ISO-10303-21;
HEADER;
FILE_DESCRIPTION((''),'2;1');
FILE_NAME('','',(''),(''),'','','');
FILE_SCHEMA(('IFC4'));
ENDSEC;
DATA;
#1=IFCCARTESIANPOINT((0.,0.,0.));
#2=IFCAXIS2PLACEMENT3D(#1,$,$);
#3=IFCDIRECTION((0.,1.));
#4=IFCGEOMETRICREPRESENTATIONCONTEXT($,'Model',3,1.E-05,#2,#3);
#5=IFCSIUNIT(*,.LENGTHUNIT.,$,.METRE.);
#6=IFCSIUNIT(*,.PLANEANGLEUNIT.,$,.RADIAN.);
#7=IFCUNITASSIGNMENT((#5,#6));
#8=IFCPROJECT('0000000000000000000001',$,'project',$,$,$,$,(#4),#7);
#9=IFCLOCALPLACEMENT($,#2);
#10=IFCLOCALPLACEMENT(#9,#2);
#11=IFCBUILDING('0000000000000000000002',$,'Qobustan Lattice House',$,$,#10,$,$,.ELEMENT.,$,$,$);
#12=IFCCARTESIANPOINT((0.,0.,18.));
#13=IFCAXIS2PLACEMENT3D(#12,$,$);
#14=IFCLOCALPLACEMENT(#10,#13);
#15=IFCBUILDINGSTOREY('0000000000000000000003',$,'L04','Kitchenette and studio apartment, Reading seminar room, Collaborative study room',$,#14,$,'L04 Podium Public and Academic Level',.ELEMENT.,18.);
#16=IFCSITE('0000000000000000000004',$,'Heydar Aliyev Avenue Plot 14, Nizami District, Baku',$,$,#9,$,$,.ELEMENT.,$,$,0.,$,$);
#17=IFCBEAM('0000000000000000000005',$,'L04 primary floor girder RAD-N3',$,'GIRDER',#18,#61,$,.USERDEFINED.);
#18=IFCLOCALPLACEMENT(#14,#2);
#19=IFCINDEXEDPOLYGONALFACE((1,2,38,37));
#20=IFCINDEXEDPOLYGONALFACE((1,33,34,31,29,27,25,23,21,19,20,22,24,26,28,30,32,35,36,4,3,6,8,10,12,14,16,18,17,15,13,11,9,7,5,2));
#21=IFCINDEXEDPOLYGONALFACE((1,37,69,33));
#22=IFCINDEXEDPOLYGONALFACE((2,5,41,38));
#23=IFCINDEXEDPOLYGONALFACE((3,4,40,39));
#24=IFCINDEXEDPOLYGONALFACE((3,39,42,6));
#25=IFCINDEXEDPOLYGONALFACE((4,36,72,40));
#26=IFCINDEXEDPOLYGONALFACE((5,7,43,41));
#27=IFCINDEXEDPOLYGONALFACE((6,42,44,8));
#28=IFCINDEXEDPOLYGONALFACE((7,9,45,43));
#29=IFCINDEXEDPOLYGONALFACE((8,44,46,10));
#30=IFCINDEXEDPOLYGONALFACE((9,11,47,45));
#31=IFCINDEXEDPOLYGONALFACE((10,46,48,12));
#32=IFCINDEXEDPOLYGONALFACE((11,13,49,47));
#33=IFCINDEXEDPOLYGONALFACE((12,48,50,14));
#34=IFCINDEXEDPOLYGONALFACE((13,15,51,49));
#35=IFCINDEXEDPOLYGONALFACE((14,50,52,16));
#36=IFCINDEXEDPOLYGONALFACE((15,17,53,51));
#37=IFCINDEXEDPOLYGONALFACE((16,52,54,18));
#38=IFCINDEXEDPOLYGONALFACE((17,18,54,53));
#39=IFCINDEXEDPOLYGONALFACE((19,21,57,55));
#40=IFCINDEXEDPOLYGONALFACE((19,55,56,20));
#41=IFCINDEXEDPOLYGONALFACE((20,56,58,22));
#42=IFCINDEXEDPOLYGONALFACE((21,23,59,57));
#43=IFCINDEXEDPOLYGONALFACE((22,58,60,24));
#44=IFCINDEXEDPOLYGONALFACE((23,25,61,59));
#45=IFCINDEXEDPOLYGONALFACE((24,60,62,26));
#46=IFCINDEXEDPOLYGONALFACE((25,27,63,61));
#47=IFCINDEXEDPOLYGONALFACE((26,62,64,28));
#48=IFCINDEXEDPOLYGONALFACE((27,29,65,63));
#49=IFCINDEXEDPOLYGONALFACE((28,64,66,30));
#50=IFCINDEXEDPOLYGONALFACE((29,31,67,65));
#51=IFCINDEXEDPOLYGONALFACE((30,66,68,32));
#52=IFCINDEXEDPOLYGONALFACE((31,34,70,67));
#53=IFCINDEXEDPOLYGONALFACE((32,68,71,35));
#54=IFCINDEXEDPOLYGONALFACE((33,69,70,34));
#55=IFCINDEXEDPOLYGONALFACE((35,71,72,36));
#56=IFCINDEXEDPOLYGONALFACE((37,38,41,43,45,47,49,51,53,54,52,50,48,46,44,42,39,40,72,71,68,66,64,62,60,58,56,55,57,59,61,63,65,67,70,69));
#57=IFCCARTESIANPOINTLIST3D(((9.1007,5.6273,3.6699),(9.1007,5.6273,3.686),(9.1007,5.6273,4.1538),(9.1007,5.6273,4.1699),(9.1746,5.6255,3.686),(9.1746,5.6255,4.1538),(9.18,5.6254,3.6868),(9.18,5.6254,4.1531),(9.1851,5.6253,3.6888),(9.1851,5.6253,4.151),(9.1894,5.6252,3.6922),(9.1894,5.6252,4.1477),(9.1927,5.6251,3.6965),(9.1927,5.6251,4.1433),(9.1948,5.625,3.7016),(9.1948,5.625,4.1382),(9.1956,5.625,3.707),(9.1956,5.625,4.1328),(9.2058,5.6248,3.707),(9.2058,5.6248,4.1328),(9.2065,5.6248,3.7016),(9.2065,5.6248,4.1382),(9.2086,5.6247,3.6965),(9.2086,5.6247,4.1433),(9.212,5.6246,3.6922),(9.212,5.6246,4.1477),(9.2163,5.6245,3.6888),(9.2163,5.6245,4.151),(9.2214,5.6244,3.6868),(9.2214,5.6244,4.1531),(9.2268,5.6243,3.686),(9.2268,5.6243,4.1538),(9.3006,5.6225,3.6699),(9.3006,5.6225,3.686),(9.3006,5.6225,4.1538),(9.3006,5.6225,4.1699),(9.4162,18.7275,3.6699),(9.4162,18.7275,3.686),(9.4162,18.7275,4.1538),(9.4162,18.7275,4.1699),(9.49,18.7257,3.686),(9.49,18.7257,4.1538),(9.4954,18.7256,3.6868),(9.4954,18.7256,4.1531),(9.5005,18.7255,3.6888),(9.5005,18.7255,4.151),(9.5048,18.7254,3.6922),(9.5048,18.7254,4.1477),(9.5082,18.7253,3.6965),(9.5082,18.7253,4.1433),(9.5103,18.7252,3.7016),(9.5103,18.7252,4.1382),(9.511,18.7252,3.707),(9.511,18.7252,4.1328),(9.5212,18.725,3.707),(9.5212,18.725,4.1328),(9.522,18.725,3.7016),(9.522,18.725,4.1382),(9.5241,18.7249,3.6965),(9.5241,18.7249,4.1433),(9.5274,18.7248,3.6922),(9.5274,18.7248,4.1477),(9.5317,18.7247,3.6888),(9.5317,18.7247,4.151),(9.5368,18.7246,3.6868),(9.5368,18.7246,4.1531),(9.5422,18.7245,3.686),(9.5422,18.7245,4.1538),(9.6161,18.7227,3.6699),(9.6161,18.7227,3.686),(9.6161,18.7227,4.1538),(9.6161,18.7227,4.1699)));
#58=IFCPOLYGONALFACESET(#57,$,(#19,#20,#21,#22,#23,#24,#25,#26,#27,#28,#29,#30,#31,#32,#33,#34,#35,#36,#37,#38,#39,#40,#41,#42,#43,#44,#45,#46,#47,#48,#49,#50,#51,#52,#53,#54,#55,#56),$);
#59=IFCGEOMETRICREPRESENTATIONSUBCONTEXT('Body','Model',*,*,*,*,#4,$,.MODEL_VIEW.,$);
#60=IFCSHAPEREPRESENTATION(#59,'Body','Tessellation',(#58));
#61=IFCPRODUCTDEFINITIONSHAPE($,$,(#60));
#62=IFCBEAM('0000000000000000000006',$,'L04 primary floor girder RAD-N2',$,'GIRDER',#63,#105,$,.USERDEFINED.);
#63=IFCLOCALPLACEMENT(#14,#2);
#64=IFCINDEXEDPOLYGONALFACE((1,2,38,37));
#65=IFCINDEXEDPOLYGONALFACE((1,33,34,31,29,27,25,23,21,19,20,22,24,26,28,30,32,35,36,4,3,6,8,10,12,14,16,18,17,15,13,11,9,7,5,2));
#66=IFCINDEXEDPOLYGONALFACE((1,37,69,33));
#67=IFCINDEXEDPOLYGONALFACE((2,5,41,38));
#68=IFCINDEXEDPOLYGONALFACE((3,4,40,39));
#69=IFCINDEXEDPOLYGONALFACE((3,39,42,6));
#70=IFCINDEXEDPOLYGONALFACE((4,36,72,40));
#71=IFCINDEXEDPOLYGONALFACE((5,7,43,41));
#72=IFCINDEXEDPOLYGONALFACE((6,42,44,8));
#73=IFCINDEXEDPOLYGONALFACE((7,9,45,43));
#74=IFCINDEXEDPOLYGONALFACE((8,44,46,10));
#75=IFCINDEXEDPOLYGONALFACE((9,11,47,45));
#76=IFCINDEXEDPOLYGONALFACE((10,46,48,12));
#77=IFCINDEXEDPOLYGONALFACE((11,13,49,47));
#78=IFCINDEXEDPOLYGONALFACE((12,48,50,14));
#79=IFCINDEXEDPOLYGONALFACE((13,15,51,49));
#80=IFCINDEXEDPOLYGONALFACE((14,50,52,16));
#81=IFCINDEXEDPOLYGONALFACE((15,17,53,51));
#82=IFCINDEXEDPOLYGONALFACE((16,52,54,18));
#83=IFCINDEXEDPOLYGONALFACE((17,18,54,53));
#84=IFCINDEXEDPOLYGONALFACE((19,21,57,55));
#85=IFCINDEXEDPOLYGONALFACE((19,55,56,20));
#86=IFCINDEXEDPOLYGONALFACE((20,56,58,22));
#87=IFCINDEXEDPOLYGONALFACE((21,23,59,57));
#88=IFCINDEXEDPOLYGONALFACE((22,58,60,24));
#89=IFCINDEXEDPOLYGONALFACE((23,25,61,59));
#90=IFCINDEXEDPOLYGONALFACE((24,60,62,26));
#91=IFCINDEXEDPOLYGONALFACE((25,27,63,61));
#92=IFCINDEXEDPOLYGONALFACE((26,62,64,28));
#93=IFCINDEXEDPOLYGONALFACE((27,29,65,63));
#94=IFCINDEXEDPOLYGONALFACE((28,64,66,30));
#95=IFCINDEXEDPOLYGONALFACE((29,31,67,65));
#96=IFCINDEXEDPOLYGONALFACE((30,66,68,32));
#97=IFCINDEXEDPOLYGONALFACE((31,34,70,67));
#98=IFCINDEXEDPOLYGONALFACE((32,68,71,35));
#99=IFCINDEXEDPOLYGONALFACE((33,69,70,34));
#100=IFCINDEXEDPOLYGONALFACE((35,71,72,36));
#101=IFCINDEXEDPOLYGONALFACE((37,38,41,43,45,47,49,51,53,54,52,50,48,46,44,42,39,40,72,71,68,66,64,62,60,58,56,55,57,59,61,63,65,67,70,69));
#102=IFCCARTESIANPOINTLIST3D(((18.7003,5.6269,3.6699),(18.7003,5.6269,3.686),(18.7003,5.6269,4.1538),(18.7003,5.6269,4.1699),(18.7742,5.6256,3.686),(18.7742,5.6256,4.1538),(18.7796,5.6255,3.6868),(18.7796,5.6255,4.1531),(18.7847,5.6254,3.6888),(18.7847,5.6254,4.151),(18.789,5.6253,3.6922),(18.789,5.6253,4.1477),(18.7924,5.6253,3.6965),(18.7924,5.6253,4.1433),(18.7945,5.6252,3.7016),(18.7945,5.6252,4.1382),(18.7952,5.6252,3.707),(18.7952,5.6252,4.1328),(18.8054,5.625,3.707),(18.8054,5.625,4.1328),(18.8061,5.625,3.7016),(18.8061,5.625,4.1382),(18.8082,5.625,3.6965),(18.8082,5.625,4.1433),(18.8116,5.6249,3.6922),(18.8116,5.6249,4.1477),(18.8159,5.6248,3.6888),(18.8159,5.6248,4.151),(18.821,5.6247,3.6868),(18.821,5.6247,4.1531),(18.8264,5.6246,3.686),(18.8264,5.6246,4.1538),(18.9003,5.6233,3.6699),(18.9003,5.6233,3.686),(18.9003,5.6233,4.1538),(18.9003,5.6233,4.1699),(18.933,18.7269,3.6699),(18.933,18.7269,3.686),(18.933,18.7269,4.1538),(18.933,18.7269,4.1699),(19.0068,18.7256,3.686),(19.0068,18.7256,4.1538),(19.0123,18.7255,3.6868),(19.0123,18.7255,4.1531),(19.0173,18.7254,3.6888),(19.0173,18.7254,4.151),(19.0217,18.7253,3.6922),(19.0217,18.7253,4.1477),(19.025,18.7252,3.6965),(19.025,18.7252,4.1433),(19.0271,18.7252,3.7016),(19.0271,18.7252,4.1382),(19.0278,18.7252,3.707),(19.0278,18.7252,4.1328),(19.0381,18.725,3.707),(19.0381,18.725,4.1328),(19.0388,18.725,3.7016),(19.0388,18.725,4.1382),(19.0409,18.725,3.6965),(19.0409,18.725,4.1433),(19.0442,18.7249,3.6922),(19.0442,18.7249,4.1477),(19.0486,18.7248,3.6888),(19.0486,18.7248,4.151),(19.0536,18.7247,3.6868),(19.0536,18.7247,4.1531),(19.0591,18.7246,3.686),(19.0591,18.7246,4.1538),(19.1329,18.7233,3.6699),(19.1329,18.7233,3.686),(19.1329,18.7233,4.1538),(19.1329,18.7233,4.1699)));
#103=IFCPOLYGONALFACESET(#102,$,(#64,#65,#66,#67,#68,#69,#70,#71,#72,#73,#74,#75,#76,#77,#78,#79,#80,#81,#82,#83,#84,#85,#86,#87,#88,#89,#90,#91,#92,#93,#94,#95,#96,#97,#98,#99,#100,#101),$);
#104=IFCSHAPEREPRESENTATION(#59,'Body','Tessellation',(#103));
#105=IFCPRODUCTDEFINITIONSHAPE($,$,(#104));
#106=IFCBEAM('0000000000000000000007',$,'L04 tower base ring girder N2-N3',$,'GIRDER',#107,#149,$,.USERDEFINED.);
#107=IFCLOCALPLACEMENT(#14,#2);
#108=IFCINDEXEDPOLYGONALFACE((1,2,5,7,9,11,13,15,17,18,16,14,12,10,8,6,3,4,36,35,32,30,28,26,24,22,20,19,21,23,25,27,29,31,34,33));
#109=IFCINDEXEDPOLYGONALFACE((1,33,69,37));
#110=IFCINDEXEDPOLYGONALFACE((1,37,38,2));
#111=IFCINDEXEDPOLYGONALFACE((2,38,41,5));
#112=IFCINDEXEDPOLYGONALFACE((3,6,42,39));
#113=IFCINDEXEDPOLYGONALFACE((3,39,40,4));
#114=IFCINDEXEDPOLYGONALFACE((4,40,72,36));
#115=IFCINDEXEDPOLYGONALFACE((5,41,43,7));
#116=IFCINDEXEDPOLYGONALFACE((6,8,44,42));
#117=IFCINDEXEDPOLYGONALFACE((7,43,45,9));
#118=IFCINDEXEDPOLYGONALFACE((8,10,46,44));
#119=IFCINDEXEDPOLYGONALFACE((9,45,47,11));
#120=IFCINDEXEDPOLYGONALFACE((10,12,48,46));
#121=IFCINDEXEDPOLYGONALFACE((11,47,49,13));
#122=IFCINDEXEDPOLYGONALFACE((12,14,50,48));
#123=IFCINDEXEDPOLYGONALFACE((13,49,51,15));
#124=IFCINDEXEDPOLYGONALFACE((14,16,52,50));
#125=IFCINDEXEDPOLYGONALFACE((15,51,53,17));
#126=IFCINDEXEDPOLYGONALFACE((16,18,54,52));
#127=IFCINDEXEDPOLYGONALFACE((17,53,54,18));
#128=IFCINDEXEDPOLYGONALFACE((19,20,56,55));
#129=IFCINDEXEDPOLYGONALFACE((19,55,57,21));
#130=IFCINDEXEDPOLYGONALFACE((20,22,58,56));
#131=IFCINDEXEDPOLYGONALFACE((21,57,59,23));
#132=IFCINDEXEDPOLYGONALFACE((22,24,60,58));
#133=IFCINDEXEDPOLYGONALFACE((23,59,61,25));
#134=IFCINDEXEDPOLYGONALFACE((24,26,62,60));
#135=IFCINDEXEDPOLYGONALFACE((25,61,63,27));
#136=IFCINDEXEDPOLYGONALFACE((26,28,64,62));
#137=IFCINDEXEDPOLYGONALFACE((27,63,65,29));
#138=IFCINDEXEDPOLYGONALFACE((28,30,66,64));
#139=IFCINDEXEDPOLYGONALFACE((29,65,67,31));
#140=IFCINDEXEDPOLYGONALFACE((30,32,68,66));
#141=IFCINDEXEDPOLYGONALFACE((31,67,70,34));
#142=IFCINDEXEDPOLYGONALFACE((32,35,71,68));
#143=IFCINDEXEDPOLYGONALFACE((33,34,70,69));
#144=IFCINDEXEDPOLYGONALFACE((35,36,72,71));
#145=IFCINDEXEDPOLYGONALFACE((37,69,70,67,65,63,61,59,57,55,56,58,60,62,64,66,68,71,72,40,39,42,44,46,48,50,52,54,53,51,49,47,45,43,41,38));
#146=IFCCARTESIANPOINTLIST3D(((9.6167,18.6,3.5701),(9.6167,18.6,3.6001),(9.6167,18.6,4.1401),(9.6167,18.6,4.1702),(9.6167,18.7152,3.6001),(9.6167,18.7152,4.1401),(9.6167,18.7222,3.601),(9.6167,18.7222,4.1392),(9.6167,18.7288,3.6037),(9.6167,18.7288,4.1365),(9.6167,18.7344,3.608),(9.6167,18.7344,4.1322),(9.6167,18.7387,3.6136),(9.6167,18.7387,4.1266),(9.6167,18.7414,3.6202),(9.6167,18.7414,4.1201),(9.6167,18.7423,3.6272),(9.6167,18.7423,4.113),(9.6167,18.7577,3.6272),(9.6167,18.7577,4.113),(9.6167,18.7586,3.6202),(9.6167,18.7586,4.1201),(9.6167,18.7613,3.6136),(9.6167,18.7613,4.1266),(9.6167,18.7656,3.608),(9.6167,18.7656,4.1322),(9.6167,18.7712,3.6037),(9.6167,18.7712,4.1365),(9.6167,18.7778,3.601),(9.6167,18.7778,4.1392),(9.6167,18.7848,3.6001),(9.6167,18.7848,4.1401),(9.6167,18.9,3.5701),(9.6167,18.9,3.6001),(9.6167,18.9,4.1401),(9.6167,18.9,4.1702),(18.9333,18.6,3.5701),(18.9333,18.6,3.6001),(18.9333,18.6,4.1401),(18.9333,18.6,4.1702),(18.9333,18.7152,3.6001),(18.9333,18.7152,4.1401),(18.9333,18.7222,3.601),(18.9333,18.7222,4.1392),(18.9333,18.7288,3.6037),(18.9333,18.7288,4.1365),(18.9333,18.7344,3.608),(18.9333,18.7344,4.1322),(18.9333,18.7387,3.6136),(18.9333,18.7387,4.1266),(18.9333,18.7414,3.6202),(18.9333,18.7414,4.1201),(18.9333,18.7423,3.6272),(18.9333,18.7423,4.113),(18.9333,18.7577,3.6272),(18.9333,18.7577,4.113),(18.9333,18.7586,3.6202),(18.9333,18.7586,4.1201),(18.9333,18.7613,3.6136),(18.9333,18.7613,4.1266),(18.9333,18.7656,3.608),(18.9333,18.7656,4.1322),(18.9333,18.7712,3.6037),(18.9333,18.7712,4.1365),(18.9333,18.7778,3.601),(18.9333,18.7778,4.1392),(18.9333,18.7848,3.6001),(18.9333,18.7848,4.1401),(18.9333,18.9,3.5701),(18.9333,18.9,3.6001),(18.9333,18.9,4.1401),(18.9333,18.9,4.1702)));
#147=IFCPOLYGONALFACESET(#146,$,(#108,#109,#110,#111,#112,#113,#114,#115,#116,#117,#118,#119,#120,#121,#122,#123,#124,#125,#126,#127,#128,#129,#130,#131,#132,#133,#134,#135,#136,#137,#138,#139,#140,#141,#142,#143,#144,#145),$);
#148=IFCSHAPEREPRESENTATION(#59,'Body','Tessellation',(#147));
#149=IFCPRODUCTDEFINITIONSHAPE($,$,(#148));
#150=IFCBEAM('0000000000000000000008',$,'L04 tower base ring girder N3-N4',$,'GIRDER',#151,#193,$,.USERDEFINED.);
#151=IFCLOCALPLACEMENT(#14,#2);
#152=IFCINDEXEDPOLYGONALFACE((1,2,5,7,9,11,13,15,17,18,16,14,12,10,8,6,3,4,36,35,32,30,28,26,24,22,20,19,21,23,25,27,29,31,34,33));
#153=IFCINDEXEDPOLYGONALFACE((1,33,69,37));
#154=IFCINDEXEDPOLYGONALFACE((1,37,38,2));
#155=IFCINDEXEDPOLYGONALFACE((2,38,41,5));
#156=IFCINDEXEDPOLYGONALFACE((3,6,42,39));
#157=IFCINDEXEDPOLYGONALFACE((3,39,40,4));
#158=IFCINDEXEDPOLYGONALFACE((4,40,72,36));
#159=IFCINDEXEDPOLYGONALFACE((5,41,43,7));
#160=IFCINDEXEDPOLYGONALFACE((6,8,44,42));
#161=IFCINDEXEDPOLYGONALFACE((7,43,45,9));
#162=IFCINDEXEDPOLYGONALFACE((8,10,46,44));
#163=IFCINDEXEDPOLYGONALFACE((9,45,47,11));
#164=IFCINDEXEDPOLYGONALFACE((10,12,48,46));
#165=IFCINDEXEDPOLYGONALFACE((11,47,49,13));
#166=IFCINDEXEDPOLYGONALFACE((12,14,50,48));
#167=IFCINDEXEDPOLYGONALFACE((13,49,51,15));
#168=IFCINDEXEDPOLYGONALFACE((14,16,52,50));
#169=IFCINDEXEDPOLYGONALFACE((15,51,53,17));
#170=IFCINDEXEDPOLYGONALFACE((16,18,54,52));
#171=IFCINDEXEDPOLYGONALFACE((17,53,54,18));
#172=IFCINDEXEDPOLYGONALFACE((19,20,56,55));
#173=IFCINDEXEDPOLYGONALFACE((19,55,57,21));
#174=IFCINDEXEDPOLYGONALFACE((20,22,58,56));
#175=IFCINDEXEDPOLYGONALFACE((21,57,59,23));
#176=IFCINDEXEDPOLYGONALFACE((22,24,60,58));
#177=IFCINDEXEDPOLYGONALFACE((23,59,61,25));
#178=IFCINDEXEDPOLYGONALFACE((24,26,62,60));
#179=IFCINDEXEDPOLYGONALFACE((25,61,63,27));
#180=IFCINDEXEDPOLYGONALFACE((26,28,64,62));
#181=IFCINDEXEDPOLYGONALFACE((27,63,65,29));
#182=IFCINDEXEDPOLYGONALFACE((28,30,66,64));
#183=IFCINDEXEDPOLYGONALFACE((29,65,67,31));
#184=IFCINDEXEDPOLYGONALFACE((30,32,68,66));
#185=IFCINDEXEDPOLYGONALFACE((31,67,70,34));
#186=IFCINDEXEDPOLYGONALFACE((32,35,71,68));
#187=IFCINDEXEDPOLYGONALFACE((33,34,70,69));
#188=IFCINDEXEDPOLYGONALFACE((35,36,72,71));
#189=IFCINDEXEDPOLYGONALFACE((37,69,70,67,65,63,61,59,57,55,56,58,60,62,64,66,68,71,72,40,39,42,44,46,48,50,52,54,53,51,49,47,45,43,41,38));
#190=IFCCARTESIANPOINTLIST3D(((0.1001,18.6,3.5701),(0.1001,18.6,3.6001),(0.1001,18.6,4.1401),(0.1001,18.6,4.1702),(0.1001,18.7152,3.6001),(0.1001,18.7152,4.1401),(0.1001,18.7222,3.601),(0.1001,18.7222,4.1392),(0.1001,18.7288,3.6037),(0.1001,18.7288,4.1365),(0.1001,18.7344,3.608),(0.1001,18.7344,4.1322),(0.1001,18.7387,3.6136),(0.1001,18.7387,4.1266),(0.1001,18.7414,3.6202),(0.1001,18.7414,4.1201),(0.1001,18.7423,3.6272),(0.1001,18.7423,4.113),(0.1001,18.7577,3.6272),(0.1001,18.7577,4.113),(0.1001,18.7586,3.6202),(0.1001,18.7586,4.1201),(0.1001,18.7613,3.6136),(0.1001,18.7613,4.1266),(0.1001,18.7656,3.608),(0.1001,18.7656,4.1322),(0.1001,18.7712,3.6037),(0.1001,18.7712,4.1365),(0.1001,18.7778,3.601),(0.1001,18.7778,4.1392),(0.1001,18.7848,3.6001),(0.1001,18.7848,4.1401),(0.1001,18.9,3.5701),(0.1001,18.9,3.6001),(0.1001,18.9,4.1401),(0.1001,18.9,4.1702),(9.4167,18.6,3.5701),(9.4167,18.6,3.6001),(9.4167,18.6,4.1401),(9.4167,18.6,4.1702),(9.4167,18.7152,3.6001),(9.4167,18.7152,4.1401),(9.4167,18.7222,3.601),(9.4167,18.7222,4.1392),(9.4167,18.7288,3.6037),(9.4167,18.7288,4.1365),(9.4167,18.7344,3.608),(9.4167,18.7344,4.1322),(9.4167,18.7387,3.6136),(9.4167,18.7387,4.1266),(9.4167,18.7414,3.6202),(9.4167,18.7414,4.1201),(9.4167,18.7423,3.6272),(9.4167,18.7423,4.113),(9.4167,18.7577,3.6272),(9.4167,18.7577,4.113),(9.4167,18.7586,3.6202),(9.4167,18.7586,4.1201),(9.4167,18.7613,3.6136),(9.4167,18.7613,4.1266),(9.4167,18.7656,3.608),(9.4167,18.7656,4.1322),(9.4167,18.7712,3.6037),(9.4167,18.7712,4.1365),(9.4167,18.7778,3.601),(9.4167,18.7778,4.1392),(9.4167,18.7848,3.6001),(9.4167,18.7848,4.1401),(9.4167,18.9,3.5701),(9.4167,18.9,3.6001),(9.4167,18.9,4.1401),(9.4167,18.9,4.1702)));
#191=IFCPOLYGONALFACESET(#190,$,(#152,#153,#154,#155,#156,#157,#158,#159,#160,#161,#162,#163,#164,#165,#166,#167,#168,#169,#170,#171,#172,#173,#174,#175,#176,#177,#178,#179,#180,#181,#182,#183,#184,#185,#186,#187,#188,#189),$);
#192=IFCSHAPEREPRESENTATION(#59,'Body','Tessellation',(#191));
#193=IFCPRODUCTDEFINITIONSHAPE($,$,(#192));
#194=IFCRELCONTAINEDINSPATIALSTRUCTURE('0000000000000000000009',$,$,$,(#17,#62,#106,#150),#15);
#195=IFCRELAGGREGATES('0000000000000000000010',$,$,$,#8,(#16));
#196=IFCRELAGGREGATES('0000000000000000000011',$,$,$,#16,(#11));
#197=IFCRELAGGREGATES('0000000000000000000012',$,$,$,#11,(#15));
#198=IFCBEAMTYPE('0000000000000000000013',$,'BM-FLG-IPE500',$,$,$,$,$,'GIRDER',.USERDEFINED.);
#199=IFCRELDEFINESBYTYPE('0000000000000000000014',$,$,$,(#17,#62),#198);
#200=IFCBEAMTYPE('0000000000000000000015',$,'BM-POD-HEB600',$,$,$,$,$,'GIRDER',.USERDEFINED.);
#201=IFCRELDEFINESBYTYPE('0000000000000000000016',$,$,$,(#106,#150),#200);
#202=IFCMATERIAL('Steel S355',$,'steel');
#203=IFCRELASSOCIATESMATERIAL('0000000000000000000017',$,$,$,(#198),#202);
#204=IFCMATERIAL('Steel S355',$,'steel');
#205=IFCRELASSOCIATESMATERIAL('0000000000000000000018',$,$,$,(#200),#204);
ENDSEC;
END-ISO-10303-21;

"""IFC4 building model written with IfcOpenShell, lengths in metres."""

from ifc_helpers import new_model, si_unit, direction, frame, origin, origin_2d, place, context, subcontext, project, spatial, i_section, extrude, material, material_profile, profile_set, type_object, element, save


model = new_model("IFC4")

# Units and contexts
model_context = context("Model", 3, precision=1e-05, world=origin(), true_north=direction((0.0, 1.0)))
body_context = subcontext(model_context, "Body", "Model", "MODEL_VIEW")
ifc_project = project(units=[si_unit("LENGTHUNIT", "METRE"), si_unit("PLANEANGLEUNIT", "RADIAN")], contexts=[model_context])

# Site, building, storey
site_placement = place(None, origin())
site = spatial("IfcSite", under=ifc_project, at=site_placement, Name="Heydar Aliyev Avenue Plot 14, Nizami District, Baku", CompositionType="ELEMENT", RefElevation=0.0)
building_placement = place(site_placement, origin())
building = spatial("IfcBuilding", under=site, at=building_placement, Name="Qobustan Lattice House", CompositionType="ELEMENT")
storey_placement = place(building_placement, frame((0.0, 0.0, 18.0)))
storey = spatial("IfcBuildingStorey", under=building, at=storey_placement, Name="L04", Description="Kitchenette and studio apartment, Reading seminar room, Collaborative study room", LongName="L04 Podium Public and Academic Level", CompositionType="ELEMENT", Elevation=18.0)

# Beams
ifc_material_1 = material(Name="Steel S355", Category="steel")
ifc_material_profile_1 = material_profile(ifc_material_1, i_section(OverallWidth=0.2, OverallDepth=0.5, WebThickness=0.0103, FlangeThickness=0.0161, FilletRadius=0.021, at=origin_2d()), Name="IPE500")
ifc_profile_set_1 = profile_set([ifc_material_profile_1], Name="Steel S355")
beam_type_1 = type_object("IfcBeamType", Name="BM-FLG-IPE500", ElementType="GIRDER", PredefinedType="USERDEFINED", material=ifc_profile_set_1)
beam_1_placement = place(storey_placement, frame((9.5161, 18.7251, 3.9199), z_axis=(-0.024071, -0.99971, 0.0), x_axis=(0.99971, -0.024071, 0.0)))
element("IfcBeam", 1, at=beam_1_placement, inside=storey, type_object=beam_type_1, Name="L04 primary floor girder RAD-N3", ObjectType="GIRDER", PredefinedType="USERDEFINED", context=body_context, shape_type="SweptSolid", body=[
    extrude(i_section(OverallWidth=0.2, OverallDepth=0.5, WebThickness=0.0103, FlangeThickness=0.0161, FilletRadius=0.021, at=origin_2d()), origin(), (0.0, 0.0, 1.0), 13.104),
])
beam_2_placement = place(storey_placement, frame((19.033, 18.7251, 3.9199), z_axis=(-0.017758, -0.999842, 0.0), x_axis=(0.999842, -0.017758, 0.0)))
element("IfcBeam", 2, at=beam_2_placement, inside=storey, type_object=beam_type_1, Name="L04 primary floor girder RAD-N2", ObjectType="GIRDER", PredefinedType="USERDEFINED", context=body_context, shape_type="SweptSolid", body=[
    extrude(i_section(OverallWidth=0.2, OverallDepth=0.5, WebThickness=0.0103, FlangeThickness=0.0161, FilletRadius=0.021, at=origin_2d()), origin(), (0.0, 0.0, 1.0), 13.1021),
])
ifc_material_2 = material(Name="Steel S355", Category="steel")
ifc_material_profile_2 = material_profile(ifc_material_2, i_section(OverallWidth=0.3, OverallDepth=0.6001, WebThickness=0.0154, FlangeThickness=0.03, FilletRadius=0.0271, at=origin_2d()), Name="HEB600")
ifc_profile_set_2 = profile_set([ifc_material_profile_2], Name="Steel S355")
beam_type_2 = type_object("IfcBeamType", Name="BM-POD-HEB600", ElementType="GIRDER", PredefinedType="USERDEFINED", material=ifc_profile_set_2)
for number, where, z_axis, x_axis, name in (
    (3, (18.9333, 18.75, 3.8701), (-1.0, 0.0, 0.0), (0.0, -1.0, 0.0), "L04 tower base ring girder N2-N3"),
    (4, (9.4167, 18.75, 3.8701), (-1.0, 0.0, 0.0), (0.0, -1.0, 0.0), "L04 tower base ring girder N3-N4"),
):
    element("IfcBeam", number, at=place(storey_placement, frame(where, z_axis=z_axis, x_axis=x_axis)), inside=storey, type_object=beam_type_2, Name=name, ObjectType="GIRDER", PredefinedType="USERDEFINED", context=body_context, shape_type="SweptSolid", body=[
        extrude(i_section(OverallWidth=0.3, OverallDepth=0.6001, WebThickness=0.0154, FlangeThickness=0.03, FilletRadius=0.0271, at=origin_2d()), origin(), (0.0, 0.0, 1.0), 9.3167),
    ])

save(model, "model.ifc")
